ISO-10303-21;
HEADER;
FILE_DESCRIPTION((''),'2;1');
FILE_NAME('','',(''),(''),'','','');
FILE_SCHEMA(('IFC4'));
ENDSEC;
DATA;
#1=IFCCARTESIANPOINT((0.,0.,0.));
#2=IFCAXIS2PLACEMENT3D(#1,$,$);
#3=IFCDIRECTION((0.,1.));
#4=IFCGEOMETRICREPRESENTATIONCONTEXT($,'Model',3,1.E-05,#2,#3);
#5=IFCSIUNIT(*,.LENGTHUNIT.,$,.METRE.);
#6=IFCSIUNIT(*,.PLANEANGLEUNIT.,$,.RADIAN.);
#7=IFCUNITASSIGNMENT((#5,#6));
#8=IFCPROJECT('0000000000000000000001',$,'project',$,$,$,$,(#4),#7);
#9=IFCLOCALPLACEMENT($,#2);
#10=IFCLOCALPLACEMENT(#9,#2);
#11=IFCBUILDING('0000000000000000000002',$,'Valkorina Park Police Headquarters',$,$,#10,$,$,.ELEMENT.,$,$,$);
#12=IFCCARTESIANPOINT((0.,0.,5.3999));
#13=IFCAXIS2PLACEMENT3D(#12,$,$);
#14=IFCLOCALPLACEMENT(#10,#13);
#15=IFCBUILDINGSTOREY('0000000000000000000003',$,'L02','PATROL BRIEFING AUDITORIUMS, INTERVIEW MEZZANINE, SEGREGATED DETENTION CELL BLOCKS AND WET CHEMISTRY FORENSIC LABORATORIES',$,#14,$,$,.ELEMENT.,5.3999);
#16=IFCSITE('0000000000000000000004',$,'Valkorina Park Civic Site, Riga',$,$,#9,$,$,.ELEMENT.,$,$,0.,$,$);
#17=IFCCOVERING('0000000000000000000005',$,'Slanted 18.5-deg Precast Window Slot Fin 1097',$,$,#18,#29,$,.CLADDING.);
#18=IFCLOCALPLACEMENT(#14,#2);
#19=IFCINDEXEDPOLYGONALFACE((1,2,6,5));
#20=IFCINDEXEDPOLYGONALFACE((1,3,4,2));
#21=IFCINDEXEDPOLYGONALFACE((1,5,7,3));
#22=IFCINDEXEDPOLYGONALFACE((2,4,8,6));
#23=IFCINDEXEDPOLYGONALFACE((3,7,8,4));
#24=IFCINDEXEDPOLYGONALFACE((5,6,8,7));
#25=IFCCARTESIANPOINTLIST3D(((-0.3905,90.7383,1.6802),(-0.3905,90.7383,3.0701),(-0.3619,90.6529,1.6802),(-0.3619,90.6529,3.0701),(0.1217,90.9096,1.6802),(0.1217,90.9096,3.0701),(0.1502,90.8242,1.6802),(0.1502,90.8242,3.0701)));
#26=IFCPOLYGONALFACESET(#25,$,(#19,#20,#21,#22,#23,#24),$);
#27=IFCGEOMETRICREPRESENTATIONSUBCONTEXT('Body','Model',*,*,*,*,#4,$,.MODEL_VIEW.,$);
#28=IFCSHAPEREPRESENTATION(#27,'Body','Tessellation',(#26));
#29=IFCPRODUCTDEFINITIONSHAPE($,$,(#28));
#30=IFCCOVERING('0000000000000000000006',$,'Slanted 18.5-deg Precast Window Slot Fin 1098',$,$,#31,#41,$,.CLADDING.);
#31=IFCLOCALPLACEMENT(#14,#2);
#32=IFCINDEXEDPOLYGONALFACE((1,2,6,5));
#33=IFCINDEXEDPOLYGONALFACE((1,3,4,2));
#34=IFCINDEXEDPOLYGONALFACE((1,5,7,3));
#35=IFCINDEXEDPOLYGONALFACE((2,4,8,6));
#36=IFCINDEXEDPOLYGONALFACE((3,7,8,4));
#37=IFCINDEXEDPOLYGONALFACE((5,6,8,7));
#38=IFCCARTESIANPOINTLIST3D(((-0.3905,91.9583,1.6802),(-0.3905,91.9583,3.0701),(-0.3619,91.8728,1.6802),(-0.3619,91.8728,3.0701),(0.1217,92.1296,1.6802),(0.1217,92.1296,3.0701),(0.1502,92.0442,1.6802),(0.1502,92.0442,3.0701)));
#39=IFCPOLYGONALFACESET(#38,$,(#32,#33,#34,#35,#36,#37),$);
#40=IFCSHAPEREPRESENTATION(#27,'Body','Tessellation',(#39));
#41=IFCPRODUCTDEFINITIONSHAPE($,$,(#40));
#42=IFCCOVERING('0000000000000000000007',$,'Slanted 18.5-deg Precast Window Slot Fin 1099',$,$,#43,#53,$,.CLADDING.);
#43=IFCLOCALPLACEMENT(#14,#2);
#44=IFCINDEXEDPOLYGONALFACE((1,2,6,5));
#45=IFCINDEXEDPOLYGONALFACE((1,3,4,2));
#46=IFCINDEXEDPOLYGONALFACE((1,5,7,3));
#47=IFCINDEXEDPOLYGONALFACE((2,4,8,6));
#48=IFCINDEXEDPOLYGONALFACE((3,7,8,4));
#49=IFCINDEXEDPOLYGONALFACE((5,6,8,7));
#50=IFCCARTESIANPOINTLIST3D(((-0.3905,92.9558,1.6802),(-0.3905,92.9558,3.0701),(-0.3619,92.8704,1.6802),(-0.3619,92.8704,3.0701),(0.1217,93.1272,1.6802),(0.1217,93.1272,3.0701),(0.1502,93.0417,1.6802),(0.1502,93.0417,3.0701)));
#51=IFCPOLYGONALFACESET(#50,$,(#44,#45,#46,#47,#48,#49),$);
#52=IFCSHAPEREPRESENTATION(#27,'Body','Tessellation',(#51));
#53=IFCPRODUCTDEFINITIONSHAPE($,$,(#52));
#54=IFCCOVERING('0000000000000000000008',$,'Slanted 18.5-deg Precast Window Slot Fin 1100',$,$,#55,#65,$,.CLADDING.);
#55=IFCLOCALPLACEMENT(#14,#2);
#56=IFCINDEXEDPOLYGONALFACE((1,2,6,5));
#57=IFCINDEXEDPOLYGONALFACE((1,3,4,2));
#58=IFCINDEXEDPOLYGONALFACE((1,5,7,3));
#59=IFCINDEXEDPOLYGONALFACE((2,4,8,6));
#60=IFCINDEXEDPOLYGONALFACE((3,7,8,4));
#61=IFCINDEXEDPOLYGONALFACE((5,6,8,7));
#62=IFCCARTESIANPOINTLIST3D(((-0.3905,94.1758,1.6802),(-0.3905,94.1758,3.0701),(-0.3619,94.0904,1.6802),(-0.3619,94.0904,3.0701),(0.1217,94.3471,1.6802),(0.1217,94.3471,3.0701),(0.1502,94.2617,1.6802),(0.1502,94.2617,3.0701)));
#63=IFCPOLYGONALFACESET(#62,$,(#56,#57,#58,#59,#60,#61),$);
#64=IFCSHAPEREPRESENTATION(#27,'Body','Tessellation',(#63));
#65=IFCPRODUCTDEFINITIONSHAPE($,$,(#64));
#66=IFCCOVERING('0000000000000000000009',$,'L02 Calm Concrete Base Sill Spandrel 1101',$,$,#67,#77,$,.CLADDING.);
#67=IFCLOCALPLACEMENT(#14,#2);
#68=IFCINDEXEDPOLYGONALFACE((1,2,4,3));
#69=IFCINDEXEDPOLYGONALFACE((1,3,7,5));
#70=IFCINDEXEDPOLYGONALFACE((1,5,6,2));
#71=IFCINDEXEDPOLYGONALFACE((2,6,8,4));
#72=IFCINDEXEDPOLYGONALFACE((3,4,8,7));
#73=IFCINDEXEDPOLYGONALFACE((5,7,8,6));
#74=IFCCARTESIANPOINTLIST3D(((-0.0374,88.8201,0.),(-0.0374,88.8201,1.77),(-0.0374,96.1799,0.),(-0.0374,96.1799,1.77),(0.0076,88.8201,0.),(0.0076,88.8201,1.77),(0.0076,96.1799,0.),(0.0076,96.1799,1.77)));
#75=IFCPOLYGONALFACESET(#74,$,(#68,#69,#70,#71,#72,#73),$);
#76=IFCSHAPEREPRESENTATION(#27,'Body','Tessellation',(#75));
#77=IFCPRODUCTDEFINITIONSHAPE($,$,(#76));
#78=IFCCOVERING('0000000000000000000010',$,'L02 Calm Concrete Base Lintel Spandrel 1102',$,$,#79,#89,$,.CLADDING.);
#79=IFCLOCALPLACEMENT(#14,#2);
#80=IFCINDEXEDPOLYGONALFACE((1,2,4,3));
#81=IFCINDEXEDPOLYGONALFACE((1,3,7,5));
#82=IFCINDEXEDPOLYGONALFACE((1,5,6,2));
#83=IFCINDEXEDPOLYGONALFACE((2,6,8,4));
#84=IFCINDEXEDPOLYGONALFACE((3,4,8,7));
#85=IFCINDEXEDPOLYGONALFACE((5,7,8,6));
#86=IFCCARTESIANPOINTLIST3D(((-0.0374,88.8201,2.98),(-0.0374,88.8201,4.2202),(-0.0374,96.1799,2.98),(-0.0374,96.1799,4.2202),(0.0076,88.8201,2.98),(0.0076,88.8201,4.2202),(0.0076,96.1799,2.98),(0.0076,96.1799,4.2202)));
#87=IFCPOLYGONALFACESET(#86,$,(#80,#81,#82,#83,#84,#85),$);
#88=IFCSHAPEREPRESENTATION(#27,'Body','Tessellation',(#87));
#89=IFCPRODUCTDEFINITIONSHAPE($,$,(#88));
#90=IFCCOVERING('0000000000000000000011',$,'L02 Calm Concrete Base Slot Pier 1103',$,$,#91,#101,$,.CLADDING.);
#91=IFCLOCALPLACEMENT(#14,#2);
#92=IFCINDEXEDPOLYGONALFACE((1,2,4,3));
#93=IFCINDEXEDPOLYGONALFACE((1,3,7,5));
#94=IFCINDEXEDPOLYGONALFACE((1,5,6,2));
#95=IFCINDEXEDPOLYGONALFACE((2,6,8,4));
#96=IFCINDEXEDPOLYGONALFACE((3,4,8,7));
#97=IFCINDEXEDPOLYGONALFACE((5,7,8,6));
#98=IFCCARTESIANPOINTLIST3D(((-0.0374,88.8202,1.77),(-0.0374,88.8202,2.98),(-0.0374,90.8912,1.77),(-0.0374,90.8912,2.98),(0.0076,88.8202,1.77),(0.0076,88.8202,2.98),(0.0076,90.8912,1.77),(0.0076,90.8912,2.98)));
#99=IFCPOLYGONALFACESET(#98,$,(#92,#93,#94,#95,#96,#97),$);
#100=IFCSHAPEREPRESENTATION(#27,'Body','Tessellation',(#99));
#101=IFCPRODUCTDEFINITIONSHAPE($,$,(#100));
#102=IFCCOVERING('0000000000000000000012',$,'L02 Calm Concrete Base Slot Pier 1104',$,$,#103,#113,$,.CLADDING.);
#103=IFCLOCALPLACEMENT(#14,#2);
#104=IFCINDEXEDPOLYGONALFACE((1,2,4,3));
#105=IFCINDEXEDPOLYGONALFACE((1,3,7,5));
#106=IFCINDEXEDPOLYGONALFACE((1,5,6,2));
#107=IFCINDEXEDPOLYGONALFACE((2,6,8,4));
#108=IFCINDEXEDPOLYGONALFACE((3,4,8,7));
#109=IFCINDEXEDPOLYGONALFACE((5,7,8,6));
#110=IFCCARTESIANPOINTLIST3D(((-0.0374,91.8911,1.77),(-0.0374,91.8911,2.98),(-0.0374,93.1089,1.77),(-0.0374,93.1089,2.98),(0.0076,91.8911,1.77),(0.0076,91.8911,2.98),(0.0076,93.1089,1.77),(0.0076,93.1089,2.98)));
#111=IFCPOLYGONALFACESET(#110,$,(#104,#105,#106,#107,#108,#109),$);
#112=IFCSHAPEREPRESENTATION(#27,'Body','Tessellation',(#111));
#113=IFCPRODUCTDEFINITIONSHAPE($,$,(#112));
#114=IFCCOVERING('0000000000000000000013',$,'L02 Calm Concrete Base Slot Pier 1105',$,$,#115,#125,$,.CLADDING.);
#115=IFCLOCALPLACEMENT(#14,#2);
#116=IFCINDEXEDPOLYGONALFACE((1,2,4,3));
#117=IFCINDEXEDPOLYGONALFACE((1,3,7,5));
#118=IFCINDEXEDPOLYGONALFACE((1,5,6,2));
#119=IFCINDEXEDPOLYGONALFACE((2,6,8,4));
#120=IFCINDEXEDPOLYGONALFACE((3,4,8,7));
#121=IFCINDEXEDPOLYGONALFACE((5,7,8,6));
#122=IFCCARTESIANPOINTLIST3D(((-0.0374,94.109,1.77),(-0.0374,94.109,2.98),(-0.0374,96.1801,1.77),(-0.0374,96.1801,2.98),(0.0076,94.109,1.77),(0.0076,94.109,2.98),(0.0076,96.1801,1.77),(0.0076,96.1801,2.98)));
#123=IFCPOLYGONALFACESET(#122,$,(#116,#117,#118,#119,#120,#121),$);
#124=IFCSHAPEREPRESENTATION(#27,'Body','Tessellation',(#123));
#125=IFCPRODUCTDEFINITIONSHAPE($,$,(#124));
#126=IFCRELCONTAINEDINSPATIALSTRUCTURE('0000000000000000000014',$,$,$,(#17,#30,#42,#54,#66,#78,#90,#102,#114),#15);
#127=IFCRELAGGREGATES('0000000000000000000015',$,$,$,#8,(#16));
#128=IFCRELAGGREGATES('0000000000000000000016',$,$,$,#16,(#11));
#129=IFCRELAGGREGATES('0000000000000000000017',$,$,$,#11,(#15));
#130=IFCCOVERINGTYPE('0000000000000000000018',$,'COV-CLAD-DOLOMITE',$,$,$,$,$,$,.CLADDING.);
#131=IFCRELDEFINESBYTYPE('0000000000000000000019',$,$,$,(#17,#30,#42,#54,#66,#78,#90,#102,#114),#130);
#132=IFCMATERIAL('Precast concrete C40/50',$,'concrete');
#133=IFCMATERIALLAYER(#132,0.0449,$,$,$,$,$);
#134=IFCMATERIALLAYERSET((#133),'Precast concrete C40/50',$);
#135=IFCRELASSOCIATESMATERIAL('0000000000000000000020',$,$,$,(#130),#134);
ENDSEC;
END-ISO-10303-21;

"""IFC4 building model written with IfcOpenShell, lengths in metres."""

from ifc_helpers import new_model, si_unit, direction, frame, frame_2d, origin, origin_2d, place, context, subcontext, project, spatial, rectangle, extrude, material, layer, layer_set, type_object, element, save


model = new_model("IFC4")

# Units and contexts
model_context = context("Model", 3, precision=1e-05, world=origin(), true_north=direction((0.0, 1.0)))
body_context = subcontext(model_context, "Body", "Model", "MODEL_VIEW")
ifc_project = project(units=[si_unit("LENGTHUNIT", "METRE"), si_unit("PLANEANGLEUNIT", "RADIAN")], contexts=[model_context])

# Site, building, storey
site_placement = place(None, origin())
site = spatial("IfcSite", under=ifc_project, at=site_placement, Name="Valkorina Park Civic Site, Riga", CompositionType="ELEMENT", RefElevation=0.0)
building_placement = place(site_placement, origin())
building = spatial("IfcBuilding", under=site, at=building_placement, Name="Valkorina Park Police Headquarters", CompositionType="ELEMENT")
storey_placement = place(building_placement, frame((0.0, 0.0, 5.3999)))
storey = spatial("IfcBuildingStorey", under=building, at=storey_placement, Name="L02", Description="PATROL BRIEFING AUDITORIUMS, INTERVIEW MEZZANINE, SEGREGATED DETENTION CELL BLOCKS AND WET CHEMISTRY FORENSIC LABORATORIES", CompositionType="ELEMENT", Elevation=5.3999)

# Shared definitions
ifc_material_1 = material(Name="Precast concrete C40/50", Category="concrete")

# Coverings
ifc_layer_1 = layer(ifc_material_1, 0.0449)
ifc_layer_set_1 = layer_set([ifc_layer_1], Name="Precast concrete C40/50")
covering_type = type_object("IfcCoveringType", Name="COV-CLAD-DOLOMITE", PredefinedType="CLADDING", material=ifc_layer_set_1)
for number, where, z_axis, x_axis, name in (
    (1, (-0.1201, 90.7812, 1.6802), (0.0, 0.0, 1.0), (-0.948324, -0.317305, 0.0), "Slanted 18.5-deg Precast Window Slot Fin 1097"),
    (2, (-0.1201, 92.0012, 1.6802), (0.0, 0.0, 1.0), (-0.948324, -0.317305, 0.0), "Slanted 18.5-deg Precast Window Slot Fin 1098"),
    (3, (-0.1201, 92.9988, 1.6802), (0.0, 0.0, 1.0), (-0.948324, -0.317305, 0.0), "Slanted 18.5-deg Precast Window Slot Fin 1099"),
    (4, (-0.1201, 94.2188, 1.6802), (0.0, 0.0, 1.0), (-0.948324, -0.317305, 0.0), "Slanted 18.5-deg Precast Window Slot Fin 1100"),
):
    element("IfcCovering", number, at=place(storey_placement, frame(where, z_axis=z_axis, x_axis=x_axis)), inside=storey, type_object=covering_type, Name=name, PredefinedType="CLADDING", context=body_context, shape_type="SweptSolid", body=[
        extrude(rectangle(XDim=0.54, YDim=0.0901, at=origin_2d()), origin(), (0.0, 0.0, 1.0), 1.3899),
    ])
covering_1_placement = place(storey_placement, frame((-0.0149, 88.8201, 0.0), z_axis=(0.0, 0.0, 1.0), x_axis=(0.0, 1.0, 0.0)))
element("IfcCovering", 5, at=covering_1_placement, inside=storey, type_object=covering_type, Name="L02 Calm Concrete Base Sill Spandrel 1101", PredefinedType="CLADDING", context=body_context, shape_type="SweptSolid", body=[
    extrude(rectangle(XDim=7.3599, YDim=0.0449, at=frame_2d((3.6799, 0.0))), origin(), (0.0, 0.0, 1.0), 1.77),
])
covering_2_placement = place(storey_placement, frame((-0.0149, 88.8201, 2.98), z_axis=(0.0, 0.0, 1.0), x_axis=(0.0, 1.0, 0.0)))
element("IfcCovering", 6, at=covering_2_placement, inside=storey, type_object=covering_type, Name="L02 Calm Concrete Base Lintel Spandrel 1102", PredefinedType="CLADDING", context=body_context, shape_type="SweptSolid", body=[
    extrude(rectangle(XDim=7.3599, YDim=0.0449, at=frame_2d((3.6799, 0.0))), origin(), (0.0, 0.0, 1.0), 1.2402),
])
covering_3_placement = place(storey_placement, frame((-0.0149, 88.8201, 1.77), z_axis=(0.0, 0.0, 1.0), x_axis=(0.0, 1.0, 0.0)))
element("IfcCovering", 7, at=covering_3_placement, inside=storey, type_object=covering_type, Name="L02 Calm Concrete Base Slot Pier 1103", PredefinedType="CLADDING", context=body_context, shape_type="SweptSolid", body=[
    extrude(rectangle(XDim=2.071, YDim=0.0449, at=frame_2d((1.0356, 0.0))), origin(), (0.0, 0.0, 1.0), 1.21),
])
covering_4_placement = place(storey_placement, frame((-0.0149, 91.8911, 1.77), z_axis=(0.0, 0.0, 1.0), x_axis=(0.0, 1.0, 0.0)))
element("IfcCovering", 8, at=covering_4_placement, inside=storey, type_object=covering_type, Name="L02 Calm Concrete Base Slot Pier 1104", PredefinedType="CLADDING", context=body_context, shape_type="SweptSolid", body=[
    extrude(rectangle(XDim=1.2178, YDim=0.0449, at=frame_2d((0.6089, 0.0))), origin(), (0.0, 0.0, 1.0), 1.21),
])
covering_5_placement = place(storey_placement, frame((-0.0149, 94.1089, 1.77), z_axis=(0.0, 0.0, 1.0), x_axis=(0.0, 1.0, 0.0)))
element("IfcCovering", 9, at=covering_5_placement, inside=storey, type_object=covering_type, Name="L02 Calm Concrete Base Slot Pier 1105", PredefinedType="CLADDING", context=body_context, shape_type="SweptSolid", body=[
    extrude(rectangle(XDim=2.071, YDim=0.0449, at=frame_2d((1.0356, 0.0))), origin(), (0.0, 0.0, 1.0), 1.21),
])

save(model, "model.ifc")
